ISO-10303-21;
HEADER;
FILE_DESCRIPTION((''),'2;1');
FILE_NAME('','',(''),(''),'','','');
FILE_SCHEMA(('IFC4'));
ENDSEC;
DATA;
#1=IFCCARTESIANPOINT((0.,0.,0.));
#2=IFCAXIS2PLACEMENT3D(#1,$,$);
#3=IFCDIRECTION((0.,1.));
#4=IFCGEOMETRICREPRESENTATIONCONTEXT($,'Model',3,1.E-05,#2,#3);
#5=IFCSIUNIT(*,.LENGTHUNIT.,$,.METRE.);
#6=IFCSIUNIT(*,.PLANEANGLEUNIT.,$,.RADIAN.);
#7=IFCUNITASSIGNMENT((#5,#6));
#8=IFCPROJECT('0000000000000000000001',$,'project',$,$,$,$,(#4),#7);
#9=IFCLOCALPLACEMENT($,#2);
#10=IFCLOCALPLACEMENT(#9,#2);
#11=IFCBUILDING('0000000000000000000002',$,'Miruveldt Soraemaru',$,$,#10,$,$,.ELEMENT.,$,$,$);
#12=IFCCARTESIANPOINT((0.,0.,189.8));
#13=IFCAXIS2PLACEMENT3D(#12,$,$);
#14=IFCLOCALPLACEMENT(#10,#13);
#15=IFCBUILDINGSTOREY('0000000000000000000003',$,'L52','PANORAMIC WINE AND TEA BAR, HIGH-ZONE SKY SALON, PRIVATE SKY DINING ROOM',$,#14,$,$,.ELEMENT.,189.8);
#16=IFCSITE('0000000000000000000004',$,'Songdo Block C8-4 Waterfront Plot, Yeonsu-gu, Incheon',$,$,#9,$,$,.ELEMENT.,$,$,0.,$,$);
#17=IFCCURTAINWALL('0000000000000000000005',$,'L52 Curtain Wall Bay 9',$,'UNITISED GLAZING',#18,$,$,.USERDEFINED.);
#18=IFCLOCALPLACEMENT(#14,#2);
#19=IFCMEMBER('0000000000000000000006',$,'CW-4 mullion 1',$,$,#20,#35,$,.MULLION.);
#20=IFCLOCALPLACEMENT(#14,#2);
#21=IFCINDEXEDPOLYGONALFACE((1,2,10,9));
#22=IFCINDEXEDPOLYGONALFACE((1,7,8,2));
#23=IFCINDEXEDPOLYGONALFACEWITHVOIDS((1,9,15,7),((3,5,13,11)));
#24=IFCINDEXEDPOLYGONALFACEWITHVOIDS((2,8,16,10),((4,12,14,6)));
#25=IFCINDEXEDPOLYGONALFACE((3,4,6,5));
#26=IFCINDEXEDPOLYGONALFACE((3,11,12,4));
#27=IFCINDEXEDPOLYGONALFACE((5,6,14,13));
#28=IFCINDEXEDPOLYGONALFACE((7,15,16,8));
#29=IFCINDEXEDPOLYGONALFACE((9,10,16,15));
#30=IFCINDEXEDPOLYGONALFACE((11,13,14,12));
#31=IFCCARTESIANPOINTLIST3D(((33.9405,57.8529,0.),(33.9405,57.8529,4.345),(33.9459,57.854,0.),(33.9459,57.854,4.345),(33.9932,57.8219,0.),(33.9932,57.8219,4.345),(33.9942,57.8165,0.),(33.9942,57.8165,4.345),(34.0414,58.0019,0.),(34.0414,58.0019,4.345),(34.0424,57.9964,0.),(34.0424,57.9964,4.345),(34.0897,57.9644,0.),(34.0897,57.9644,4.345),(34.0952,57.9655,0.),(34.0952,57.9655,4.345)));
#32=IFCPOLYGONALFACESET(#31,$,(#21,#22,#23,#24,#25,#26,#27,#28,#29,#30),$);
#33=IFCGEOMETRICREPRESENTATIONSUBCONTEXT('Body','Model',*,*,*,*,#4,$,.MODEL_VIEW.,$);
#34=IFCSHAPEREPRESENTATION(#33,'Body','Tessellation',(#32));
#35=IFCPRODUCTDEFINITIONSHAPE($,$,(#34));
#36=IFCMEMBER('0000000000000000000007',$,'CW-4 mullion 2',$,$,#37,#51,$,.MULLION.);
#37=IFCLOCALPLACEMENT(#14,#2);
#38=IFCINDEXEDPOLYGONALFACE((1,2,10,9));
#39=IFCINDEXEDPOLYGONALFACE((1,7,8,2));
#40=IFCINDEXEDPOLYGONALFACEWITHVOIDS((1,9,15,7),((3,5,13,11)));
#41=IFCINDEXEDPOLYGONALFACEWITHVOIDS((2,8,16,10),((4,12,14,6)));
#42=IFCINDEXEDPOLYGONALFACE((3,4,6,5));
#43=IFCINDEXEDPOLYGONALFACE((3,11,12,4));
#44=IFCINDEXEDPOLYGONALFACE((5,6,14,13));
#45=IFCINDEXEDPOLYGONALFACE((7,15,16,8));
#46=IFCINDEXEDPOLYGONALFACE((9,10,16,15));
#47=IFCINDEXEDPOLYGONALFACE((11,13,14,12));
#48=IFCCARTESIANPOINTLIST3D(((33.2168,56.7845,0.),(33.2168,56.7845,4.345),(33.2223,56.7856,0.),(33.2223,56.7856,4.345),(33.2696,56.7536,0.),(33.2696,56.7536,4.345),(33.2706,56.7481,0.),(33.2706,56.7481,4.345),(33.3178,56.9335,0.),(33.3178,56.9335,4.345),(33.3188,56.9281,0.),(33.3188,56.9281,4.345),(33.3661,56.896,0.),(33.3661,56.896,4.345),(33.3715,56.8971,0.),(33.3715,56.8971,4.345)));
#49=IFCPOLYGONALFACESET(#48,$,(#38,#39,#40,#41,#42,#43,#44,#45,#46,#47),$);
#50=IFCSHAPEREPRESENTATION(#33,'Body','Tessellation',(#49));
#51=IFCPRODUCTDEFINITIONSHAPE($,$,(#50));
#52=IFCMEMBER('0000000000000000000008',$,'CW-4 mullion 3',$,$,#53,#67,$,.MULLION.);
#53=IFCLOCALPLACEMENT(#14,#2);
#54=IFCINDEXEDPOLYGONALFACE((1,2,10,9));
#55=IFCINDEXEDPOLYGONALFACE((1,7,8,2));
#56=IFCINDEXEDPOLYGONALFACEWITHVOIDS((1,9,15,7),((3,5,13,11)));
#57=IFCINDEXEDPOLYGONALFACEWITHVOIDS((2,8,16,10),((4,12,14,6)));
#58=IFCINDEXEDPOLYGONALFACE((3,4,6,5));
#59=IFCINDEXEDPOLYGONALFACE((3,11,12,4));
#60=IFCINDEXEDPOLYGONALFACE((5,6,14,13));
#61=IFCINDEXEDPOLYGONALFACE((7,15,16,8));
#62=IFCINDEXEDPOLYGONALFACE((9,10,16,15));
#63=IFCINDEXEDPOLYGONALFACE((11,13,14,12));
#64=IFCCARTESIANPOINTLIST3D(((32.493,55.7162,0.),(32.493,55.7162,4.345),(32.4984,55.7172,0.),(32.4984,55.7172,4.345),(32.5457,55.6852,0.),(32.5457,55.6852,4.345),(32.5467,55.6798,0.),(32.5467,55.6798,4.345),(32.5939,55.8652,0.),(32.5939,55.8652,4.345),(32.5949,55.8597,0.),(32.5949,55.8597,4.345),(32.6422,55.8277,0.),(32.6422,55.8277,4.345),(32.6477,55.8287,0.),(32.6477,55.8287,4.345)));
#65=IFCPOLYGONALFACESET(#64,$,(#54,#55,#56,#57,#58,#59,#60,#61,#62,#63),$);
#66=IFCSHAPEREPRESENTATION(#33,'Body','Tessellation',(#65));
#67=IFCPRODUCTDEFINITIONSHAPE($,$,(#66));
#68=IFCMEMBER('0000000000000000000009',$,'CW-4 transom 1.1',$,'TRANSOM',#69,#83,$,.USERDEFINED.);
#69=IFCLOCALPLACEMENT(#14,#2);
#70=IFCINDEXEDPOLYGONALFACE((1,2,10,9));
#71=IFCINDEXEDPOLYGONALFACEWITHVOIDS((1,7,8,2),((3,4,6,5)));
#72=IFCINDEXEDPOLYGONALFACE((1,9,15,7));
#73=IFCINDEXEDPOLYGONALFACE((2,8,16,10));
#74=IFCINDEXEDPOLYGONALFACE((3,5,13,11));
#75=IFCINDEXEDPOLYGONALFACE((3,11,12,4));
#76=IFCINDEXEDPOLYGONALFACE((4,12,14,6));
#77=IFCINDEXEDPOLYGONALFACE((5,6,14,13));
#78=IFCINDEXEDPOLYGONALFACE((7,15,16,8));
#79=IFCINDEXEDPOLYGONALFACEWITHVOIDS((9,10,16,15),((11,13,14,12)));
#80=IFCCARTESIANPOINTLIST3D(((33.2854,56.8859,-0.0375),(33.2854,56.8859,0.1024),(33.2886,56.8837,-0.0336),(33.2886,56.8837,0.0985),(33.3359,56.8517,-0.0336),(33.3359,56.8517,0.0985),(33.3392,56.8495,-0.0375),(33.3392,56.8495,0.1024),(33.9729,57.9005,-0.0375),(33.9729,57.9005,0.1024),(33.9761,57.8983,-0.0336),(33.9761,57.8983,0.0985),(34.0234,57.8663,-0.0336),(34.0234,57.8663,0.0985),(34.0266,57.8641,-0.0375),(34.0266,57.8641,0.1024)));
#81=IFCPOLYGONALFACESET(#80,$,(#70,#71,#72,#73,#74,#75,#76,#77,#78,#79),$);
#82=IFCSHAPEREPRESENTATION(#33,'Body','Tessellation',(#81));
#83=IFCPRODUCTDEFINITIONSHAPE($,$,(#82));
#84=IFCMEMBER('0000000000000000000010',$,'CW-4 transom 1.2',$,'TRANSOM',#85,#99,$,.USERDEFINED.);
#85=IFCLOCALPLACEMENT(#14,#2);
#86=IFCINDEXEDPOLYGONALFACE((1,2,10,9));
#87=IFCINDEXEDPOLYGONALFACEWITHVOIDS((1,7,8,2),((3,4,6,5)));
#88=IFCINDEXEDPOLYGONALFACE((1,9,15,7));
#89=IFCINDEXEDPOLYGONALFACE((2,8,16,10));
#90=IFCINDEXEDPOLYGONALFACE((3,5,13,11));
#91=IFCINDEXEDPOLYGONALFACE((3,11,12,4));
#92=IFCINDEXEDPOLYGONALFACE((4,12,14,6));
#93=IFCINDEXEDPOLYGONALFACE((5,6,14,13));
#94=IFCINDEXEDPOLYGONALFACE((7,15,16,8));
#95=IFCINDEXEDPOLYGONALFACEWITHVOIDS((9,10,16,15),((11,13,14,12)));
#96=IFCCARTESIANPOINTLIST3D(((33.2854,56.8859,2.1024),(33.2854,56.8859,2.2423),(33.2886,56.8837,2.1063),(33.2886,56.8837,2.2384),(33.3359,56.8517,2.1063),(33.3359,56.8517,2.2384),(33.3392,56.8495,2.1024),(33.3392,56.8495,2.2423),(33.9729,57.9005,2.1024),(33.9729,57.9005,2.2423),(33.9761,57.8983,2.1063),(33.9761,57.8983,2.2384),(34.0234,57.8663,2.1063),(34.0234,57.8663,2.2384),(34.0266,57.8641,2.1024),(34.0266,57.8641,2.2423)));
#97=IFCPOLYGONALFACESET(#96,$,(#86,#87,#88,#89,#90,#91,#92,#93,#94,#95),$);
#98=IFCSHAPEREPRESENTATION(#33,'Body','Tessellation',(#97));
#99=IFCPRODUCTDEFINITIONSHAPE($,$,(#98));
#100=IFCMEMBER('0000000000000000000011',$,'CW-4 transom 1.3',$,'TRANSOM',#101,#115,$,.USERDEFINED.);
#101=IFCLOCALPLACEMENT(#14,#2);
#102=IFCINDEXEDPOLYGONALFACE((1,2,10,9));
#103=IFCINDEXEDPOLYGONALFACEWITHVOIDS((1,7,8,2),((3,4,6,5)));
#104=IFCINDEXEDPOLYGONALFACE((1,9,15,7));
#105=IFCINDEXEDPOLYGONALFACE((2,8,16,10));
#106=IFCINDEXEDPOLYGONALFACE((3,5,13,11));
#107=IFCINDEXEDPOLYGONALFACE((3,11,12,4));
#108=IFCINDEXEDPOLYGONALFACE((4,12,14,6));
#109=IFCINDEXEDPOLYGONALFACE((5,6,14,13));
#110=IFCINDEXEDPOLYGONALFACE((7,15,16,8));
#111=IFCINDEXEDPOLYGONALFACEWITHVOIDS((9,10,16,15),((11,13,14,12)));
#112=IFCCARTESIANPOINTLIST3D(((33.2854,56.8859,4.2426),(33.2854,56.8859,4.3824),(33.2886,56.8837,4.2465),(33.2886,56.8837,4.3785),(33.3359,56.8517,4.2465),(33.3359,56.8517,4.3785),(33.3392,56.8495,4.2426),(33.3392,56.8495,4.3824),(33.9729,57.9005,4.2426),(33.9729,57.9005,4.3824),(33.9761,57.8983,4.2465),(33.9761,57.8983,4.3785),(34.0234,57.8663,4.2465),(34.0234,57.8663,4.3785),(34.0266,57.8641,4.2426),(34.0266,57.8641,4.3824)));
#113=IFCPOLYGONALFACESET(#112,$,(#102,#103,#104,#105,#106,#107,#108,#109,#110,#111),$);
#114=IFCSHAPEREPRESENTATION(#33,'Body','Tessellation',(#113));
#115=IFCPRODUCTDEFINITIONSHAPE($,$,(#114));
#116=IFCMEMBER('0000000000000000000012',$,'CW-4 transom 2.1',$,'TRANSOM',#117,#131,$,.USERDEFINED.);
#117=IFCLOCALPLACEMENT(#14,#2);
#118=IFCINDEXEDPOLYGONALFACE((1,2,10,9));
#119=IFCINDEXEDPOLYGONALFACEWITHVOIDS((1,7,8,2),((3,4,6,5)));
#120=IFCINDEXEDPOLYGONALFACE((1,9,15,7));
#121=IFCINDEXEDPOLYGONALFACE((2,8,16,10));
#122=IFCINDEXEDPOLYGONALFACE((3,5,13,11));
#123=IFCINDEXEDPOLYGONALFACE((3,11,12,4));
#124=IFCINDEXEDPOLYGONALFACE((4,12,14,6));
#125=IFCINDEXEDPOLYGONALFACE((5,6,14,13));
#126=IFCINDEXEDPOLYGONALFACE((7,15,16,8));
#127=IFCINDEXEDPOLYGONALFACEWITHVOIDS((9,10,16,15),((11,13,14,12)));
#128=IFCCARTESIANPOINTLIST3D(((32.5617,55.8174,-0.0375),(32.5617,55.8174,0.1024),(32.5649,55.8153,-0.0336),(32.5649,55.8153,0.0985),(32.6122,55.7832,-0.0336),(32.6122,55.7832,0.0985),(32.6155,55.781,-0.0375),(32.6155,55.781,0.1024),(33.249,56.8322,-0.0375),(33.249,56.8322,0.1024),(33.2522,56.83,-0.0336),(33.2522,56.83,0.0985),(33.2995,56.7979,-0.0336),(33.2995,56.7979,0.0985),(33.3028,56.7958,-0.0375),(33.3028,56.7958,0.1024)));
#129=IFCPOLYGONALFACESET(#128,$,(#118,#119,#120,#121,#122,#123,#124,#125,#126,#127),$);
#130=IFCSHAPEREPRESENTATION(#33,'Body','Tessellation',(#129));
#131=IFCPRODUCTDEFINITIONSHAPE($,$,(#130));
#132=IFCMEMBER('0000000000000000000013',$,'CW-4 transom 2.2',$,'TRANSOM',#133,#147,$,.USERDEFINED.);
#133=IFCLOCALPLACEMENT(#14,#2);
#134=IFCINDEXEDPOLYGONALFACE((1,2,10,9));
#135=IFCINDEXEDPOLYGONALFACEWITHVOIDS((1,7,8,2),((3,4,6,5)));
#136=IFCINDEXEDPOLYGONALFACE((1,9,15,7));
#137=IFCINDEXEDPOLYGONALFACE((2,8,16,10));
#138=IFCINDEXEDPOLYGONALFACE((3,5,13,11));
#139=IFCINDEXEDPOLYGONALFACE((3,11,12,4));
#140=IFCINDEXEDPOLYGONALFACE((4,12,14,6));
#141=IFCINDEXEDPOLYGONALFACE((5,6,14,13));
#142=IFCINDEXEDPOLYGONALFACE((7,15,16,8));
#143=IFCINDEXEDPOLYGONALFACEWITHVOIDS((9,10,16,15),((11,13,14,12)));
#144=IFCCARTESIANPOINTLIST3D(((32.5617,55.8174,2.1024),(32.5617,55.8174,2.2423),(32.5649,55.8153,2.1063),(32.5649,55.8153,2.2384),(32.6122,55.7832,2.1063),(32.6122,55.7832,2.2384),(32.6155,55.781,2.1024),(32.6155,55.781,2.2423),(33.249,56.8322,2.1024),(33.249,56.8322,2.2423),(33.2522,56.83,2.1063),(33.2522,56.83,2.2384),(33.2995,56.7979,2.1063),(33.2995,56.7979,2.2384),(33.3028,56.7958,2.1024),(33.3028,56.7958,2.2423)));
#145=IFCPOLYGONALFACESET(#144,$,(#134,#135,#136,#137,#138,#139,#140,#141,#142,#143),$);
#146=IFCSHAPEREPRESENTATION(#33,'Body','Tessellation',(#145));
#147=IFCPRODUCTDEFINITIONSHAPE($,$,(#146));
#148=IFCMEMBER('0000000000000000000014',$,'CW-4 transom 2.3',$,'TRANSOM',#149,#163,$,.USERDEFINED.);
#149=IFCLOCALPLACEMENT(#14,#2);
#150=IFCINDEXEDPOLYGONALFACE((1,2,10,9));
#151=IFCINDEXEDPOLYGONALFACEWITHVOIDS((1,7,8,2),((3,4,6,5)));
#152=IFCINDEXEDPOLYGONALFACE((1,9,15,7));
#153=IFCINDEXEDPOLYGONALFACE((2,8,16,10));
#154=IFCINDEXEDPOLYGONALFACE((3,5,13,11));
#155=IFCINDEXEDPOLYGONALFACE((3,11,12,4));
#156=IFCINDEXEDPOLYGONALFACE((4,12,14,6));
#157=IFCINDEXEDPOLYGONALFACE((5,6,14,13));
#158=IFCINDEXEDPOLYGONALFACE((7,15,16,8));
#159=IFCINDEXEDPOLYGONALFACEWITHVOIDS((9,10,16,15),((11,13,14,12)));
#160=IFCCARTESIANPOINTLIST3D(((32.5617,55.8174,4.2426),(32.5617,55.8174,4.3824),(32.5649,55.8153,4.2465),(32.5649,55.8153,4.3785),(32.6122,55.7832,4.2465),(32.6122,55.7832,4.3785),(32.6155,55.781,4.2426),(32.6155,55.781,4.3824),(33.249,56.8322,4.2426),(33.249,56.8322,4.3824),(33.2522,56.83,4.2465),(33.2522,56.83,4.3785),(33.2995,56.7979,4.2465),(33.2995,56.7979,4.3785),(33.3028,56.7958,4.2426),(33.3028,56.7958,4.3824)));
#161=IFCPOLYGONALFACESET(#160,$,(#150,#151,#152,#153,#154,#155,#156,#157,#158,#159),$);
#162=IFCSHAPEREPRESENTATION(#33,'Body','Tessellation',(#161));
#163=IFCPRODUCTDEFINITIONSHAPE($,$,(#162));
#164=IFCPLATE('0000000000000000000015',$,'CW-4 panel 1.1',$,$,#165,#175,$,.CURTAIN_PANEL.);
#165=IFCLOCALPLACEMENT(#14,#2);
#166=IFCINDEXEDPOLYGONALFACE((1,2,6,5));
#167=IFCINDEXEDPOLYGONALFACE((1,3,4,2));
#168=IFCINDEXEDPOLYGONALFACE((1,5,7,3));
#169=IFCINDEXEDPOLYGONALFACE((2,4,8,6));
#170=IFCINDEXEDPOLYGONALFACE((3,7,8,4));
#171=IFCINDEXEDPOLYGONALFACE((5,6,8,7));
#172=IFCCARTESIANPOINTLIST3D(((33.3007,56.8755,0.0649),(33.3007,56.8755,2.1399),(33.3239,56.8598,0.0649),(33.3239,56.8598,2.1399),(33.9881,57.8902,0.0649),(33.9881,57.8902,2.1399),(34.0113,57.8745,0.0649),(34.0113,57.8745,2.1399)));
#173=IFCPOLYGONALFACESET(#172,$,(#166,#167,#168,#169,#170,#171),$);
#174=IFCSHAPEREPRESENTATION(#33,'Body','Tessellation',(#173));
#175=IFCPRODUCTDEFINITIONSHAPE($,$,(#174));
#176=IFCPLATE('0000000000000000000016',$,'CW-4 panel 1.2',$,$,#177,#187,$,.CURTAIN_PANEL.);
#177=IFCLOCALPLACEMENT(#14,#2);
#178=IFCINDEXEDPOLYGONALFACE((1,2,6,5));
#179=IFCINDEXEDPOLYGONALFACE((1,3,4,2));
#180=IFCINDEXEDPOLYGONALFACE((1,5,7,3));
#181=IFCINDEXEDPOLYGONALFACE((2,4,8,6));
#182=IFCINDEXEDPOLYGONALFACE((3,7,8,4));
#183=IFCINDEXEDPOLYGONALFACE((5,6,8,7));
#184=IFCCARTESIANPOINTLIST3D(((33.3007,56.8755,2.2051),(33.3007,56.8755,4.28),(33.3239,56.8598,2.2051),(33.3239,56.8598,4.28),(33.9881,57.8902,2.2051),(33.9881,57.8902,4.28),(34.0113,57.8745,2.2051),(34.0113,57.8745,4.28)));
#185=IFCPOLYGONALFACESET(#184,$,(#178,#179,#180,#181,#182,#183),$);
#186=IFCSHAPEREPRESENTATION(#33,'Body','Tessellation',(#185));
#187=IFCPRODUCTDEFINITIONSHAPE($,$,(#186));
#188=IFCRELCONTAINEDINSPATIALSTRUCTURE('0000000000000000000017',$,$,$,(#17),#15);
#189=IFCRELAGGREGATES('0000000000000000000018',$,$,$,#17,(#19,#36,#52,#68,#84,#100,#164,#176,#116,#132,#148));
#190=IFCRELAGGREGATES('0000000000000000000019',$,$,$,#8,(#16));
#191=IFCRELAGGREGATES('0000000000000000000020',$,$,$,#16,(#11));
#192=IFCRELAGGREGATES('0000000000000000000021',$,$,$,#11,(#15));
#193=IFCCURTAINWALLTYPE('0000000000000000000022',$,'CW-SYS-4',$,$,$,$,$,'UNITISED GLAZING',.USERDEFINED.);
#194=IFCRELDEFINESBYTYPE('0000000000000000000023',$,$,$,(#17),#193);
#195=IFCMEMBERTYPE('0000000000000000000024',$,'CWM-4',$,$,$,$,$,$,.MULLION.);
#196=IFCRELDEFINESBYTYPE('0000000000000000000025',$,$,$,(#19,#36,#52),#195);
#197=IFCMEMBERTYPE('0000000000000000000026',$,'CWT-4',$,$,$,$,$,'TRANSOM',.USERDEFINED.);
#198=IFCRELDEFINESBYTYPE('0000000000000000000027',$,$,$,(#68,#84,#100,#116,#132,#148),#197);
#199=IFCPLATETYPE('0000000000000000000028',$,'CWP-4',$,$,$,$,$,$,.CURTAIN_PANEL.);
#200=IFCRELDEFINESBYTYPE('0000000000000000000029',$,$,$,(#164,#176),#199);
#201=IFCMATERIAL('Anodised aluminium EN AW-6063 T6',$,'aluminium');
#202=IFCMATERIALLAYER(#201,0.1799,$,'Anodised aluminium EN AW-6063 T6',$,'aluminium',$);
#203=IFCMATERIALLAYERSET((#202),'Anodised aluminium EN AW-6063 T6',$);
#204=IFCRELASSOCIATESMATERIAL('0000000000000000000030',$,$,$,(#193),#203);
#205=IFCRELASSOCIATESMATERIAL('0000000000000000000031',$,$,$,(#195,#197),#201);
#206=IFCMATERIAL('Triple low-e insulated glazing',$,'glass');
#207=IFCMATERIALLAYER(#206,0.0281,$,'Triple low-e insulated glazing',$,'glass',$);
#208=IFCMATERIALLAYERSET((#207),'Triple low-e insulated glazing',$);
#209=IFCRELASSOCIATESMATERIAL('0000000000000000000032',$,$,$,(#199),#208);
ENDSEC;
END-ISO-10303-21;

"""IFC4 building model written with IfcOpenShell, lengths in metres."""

from ifc_helpers import new_model, si_unit, direction, frame, origin, origin_2d, place, context, subcontext, project, spatial, rectangle, hollow_rectangle, extrude, material, layer, layer_set, material_profile, profile_set, type_object, element, aggregate, save


model = new_model("IFC4")

# Units and contexts
model_context = context("Model", 3, precision=1e-05, world=origin(), true_north=direction((0.0, 1.0)))
body_context = subcontext(model_context, "Body", "Model", "MODEL_VIEW")
ifc_project = project(units=[si_unit("LENGTHUNIT", "METRE"), si_unit("PLANEANGLEUNIT", "RADIAN")], contexts=[model_context])

# Site, building, storey
site_placement = place(None, origin())
site = spatial("IfcSite", under=ifc_project, at=site_placement, Name="Songdo Block C8-4 Waterfront Plot, Yeonsu-gu, Incheon", CompositionType="ELEMENT", RefElevation=0.0)
building_placement = place(site_placement, origin())
building = spatial("IfcBuilding", under=site, at=building_placement, Name="Miruveldt Soraemaru", CompositionType="ELEMENT")
storey_placement = place(building_placement, frame((0.0, 0.0, 189.8)))
storey = spatial("IfcBuildingStorey", under=building, at=storey_placement, Name="L52", Description="PANORAMIC WINE AND TEA BAR, HIGH-ZONE SKY SALON, PRIVATE SKY DINING ROOM", CompositionType="ELEMENT", Elevation=189.8)

# Curtain wall, members, plates
ifc_material_1 = material(Name="Anodised aluminium EN AW-6063 T6", Category="aluminium")
ifc_layer_1 = layer(ifc_material_1, 0.1799, Name="Anodised aluminium EN AW-6063 T6", Category="aluminium")
ifc_layer_set_1 = layer_set([ifc_layer_1], Name="Anodised aluminium EN AW-6063 T6")
curtain_wall_type = type_object("IfcCurtainWallType", Name="CW-SYS-4", ElementType="UNITISED GLAZING", PredefinedType="USERDEFINED", material=ifc_layer_set_1)
curtain_wall_placement = place(storey_placement, origin())
curtain_wall = element("IfcCurtainWall", 1, at=curtain_wall_placement, inside=storey, type_object=curtain_wall_type, Name="L52 Curtain Wall Bay 9", ObjectType="UNITISED GLAZING", PredefinedType="USERDEFINED")
ifc_material_profile_1 = material_profile(ifc_material_1, hollow_rectangle(XDim=0.0649, YDim=0.1799, WallThickness=0.0039, at=origin_2d()), Name="Anodised aluminium EN AW-6063 T6", Category="aluminium")
ifc_profile_set_1 = profile_set([ifc_material_profile_1], Name="Anodised aluminium EN AW-6063 T6")
member_type_1 = type_object("IfcMemberType", Name="CWM-4", PredefinedType="MULLION", material=ifc_profile_set_1)
member_1_placement = place(storey_placement, frame((34.0178, 57.9092, 0.0), z_axis=(0.0, 0.0, 1.0), x_axis=(0.827911, -0.56086, 0.0)))
member_1 = element("IfcMember", 2, at=member_1_placement, type_object=member_type_1, Name="CW-4 mullion 1", PredefinedType="MULLION", context=body_context, shape_type="SweptSolid", body=[
    extrude(hollow_rectangle(XDim=0.0649, YDim=0.1799, WallThickness=0.0039, at=origin_2d()), origin(), (0.0, 0.0, 1.0), 4.345),
])
member_2_placement = place(storey_placement, frame((33.2942, 56.8408, 0.0), z_axis=(0.0, 0.0, 1.0), x_axis=(0.827911, -0.56086, 0.0)))
member_2 = element("IfcMember", 3, at=member_2_placement, type_object=member_type_1, Name="CW-4 mullion 2", PredefinedType="MULLION", context=body_context, shape_type="SweptSolid", body=[
    extrude(hollow_rectangle(XDim=0.0649, YDim=0.1799, WallThickness=0.0039, at=origin_2d()), origin(), (0.0, 0.0, 1.0), 4.345),
])
member_3_placement = place(storey_placement, frame((32.5703, 55.7725, 0.0), z_axis=(0.0, 0.0, 1.0), x_axis=(0.827911, -0.56086, 0.0)))
member_3 = element("IfcMember", 4, at=member_3_placement, type_object=member_type_1, Name="CW-4 mullion 3", PredefinedType="MULLION", context=body_context, shape_type="SweptSolid", body=[
    extrude(hollow_rectangle(XDim=0.0649, YDim=0.1799, WallThickness=0.0039, at=origin_2d()), origin(), (0.0, 0.0, 1.0), 4.345),
])
ifc_material_profile_2 = material_profile(ifc_material_1, hollow_rectangle(XDim=0.0649, YDim=0.1399, WallThickness=0.0039, at=origin_2d()), Name="Anodised aluminium EN AW-6063 T6", Category="aluminium")
ifc_profile_set_2 = profile_set([ifc_material_profile_2], Name="Anodised aluminium EN AW-6063 T6")
member_type_2 = type_object("IfcMemberType", Name="CWT-4", ElementType="TRANSOM", PredefinedType="USERDEFINED", material=ifc_profile_set_2)
member_4_placement = place(storey_placement, frame((33.9998, 57.8823, 0.0325), z_axis=(-0.560936, -0.827859, 0.0), x_axis=(0.827859, -0.560936, 0.0)))
member_4 = element("IfcMember", 5, at=member_4_placement, type_object=member_type_2, Name="CW-4 transom 1.1", ObjectType="TRANSOM", PredefinedType="USERDEFINED", context=body_context, shape_type="SweptSolid", body=[
    extrude(hollow_rectangle(XDim=0.0649, YDim=0.1399, WallThickness=0.0039, at=origin_2d()), origin(), (0.0, 0.0, 1.0), 1.2256),
])
member_5_placement = place(storey_placement, frame((33.9998, 57.8823, 2.1724), z_axis=(-0.560936, -0.827859, 0.0), x_axis=(0.827859, -0.560936, 0.0)))
member_5 = element("IfcMember", 6, at=member_5_placement, type_object=member_type_2, Name="CW-4 transom 1.2", ObjectType="TRANSOM", PredefinedType="USERDEFINED", context=body_context, shape_type="SweptSolid", body=[
    extrude(hollow_rectangle(XDim=0.0649, YDim=0.1399, WallThickness=0.0039, at=origin_2d()), origin(), (0.0, 0.0, 1.0), 1.2256),
])
member_6_placement = place(storey_placement, frame((33.9998, 57.8823, 4.3125), z_axis=(-0.560936, -0.827859, 0.0), x_axis=(0.827859, -0.560936, 0.0)))
member_6 = element("IfcMember", 7, at=member_6_placement, type_object=member_type_2, Name="CW-4 transom 1.3", ObjectType="TRANSOM", PredefinedType="USERDEFINED", context=body_context, shape_type="SweptSolid", body=[
    extrude(hollow_rectangle(XDim=0.0649, YDim=0.1399, WallThickness=0.0039, at=origin_2d()), origin(), (0.0, 0.0, 1.0), 1.2256),
])
member_7_placement = place(storey_placement, frame((33.2759, 56.814, 0.0325), z_axis=(-0.5608, -0.827952, 0.0), x_axis=(0.827952, -0.5608, 0.0)))
member_7 = element("IfcMember", 8, at=member_7_placement, type_object=member_type_2, Name="CW-4 transom 2.1", ObjectType="TRANSOM", PredefinedType="USERDEFINED", context=body_context, shape_type="SweptSolid", body=[
    extrude(hollow_rectangle(XDim=0.0649, YDim=0.1399, WallThickness=0.0039, at=origin_2d()), origin(), (0.0, 0.0, 1.0), 1.2256),
])
member_8_placement = place(storey_placement, frame((33.2759, 56.814, 2.1724), z_axis=(-0.5608, -0.827952, 0.0), x_axis=(0.827952, -0.5608, 0.0)))
member_8 = element("IfcMember", 9, at=member_8_placement, type_object=member_type_2, Name="CW-4 transom 2.2", ObjectType="TRANSOM", PredefinedType="USERDEFINED", context=body_context, shape_type="SweptSolid", body=[
    extrude(hollow_rectangle(XDim=0.0649, YDim=0.1399, WallThickness=0.0039, at=origin_2d()), origin(), (0.0, 0.0, 1.0), 1.2256),
])
member_9_placement = place(storey_placement, frame((33.2759, 56.814, 4.3125), z_axis=(-0.5608, -0.827952, 0.0), x_axis=(0.827952, -0.5608, 0.0)))
member_9 = element("IfcMember", 10, at=member_9_placement, type_object=member_type_2, Name="CW-4 transom 2.3", ObjectType="TRANSOM", PredefinedType="USERDEFINED", context=body_context, shape_type="SweptSolid", body=[
    extrude(hollow_rectangle(XDim=0.0649, YDim=0.1399, WallThickness=0.0039, at=origin_2d()), origin(), (0.0, 0.0, 1.0), 1.2256),
])
ifc_material_2 = material(Name="Triple low-e insulated glazing", Category="glass")
ifc_layer_2 = layer(ifc_material_2, 0.0281, Name="Triple low-e insulated glazing", Category="glass")
ifc_layer_set_2 = layer_set([ifc_layer_2], Name="Triple low-e insulated glazing")
plate_type_1 = type_object("IfcPlateType", Name="CWP-4", PredefinedType="CURTAIN_PANEL", material=ifc_layer_set_2)
plate_1_placement = place(storey_placement, frame((33.656, 57.375, 0.0649), z_axis=(0.0, 0.0, 1.0), x_axis=(-0.56086, -0.827911, 0.0)))
plate_1 = element("IfcPlate", 11, at=plate_1_placement, type_object=plate_type_1, Name="CW-4 panel 1.1", PredefinedType="CURTAIN_PANEL", context=body_context, shape_type="SweptSolid", body=[
    extrude(rectangle(XDim=1.2256, YDim=0.0281, at=origin_2d()), origin(), (0.0, 0.0, 1.0), 2.075),
])
plate_2_placement = place(storey_placement, frame((33.656, 57.375, 2.2051), z_axis=(0.0, 0.0, 1.0), x_axis=(-0.56086, -0.827911, 0.0)))
plate_2 = element("IfcPlate", 12, at=plate_2_placement, type_object=plate_type_1, Name="CW-4 panel 1.2", PredefinedType="CURTAIN_PANEL", context=body_context, shape_type="SweptSolid", body=[
    extrude(rectangle(XDim=1.2256, YDim=0.0281, at=origin_2d()), origin(), (0.0, 0.0, 1.0), 2.075),
])
aggregate(curtain_wall, [member_1, member_2, member_3, member_4, member_5, member_6, plate_1, plate_2, member_7, member_8, member_9])

save(model, "model.ifc")
